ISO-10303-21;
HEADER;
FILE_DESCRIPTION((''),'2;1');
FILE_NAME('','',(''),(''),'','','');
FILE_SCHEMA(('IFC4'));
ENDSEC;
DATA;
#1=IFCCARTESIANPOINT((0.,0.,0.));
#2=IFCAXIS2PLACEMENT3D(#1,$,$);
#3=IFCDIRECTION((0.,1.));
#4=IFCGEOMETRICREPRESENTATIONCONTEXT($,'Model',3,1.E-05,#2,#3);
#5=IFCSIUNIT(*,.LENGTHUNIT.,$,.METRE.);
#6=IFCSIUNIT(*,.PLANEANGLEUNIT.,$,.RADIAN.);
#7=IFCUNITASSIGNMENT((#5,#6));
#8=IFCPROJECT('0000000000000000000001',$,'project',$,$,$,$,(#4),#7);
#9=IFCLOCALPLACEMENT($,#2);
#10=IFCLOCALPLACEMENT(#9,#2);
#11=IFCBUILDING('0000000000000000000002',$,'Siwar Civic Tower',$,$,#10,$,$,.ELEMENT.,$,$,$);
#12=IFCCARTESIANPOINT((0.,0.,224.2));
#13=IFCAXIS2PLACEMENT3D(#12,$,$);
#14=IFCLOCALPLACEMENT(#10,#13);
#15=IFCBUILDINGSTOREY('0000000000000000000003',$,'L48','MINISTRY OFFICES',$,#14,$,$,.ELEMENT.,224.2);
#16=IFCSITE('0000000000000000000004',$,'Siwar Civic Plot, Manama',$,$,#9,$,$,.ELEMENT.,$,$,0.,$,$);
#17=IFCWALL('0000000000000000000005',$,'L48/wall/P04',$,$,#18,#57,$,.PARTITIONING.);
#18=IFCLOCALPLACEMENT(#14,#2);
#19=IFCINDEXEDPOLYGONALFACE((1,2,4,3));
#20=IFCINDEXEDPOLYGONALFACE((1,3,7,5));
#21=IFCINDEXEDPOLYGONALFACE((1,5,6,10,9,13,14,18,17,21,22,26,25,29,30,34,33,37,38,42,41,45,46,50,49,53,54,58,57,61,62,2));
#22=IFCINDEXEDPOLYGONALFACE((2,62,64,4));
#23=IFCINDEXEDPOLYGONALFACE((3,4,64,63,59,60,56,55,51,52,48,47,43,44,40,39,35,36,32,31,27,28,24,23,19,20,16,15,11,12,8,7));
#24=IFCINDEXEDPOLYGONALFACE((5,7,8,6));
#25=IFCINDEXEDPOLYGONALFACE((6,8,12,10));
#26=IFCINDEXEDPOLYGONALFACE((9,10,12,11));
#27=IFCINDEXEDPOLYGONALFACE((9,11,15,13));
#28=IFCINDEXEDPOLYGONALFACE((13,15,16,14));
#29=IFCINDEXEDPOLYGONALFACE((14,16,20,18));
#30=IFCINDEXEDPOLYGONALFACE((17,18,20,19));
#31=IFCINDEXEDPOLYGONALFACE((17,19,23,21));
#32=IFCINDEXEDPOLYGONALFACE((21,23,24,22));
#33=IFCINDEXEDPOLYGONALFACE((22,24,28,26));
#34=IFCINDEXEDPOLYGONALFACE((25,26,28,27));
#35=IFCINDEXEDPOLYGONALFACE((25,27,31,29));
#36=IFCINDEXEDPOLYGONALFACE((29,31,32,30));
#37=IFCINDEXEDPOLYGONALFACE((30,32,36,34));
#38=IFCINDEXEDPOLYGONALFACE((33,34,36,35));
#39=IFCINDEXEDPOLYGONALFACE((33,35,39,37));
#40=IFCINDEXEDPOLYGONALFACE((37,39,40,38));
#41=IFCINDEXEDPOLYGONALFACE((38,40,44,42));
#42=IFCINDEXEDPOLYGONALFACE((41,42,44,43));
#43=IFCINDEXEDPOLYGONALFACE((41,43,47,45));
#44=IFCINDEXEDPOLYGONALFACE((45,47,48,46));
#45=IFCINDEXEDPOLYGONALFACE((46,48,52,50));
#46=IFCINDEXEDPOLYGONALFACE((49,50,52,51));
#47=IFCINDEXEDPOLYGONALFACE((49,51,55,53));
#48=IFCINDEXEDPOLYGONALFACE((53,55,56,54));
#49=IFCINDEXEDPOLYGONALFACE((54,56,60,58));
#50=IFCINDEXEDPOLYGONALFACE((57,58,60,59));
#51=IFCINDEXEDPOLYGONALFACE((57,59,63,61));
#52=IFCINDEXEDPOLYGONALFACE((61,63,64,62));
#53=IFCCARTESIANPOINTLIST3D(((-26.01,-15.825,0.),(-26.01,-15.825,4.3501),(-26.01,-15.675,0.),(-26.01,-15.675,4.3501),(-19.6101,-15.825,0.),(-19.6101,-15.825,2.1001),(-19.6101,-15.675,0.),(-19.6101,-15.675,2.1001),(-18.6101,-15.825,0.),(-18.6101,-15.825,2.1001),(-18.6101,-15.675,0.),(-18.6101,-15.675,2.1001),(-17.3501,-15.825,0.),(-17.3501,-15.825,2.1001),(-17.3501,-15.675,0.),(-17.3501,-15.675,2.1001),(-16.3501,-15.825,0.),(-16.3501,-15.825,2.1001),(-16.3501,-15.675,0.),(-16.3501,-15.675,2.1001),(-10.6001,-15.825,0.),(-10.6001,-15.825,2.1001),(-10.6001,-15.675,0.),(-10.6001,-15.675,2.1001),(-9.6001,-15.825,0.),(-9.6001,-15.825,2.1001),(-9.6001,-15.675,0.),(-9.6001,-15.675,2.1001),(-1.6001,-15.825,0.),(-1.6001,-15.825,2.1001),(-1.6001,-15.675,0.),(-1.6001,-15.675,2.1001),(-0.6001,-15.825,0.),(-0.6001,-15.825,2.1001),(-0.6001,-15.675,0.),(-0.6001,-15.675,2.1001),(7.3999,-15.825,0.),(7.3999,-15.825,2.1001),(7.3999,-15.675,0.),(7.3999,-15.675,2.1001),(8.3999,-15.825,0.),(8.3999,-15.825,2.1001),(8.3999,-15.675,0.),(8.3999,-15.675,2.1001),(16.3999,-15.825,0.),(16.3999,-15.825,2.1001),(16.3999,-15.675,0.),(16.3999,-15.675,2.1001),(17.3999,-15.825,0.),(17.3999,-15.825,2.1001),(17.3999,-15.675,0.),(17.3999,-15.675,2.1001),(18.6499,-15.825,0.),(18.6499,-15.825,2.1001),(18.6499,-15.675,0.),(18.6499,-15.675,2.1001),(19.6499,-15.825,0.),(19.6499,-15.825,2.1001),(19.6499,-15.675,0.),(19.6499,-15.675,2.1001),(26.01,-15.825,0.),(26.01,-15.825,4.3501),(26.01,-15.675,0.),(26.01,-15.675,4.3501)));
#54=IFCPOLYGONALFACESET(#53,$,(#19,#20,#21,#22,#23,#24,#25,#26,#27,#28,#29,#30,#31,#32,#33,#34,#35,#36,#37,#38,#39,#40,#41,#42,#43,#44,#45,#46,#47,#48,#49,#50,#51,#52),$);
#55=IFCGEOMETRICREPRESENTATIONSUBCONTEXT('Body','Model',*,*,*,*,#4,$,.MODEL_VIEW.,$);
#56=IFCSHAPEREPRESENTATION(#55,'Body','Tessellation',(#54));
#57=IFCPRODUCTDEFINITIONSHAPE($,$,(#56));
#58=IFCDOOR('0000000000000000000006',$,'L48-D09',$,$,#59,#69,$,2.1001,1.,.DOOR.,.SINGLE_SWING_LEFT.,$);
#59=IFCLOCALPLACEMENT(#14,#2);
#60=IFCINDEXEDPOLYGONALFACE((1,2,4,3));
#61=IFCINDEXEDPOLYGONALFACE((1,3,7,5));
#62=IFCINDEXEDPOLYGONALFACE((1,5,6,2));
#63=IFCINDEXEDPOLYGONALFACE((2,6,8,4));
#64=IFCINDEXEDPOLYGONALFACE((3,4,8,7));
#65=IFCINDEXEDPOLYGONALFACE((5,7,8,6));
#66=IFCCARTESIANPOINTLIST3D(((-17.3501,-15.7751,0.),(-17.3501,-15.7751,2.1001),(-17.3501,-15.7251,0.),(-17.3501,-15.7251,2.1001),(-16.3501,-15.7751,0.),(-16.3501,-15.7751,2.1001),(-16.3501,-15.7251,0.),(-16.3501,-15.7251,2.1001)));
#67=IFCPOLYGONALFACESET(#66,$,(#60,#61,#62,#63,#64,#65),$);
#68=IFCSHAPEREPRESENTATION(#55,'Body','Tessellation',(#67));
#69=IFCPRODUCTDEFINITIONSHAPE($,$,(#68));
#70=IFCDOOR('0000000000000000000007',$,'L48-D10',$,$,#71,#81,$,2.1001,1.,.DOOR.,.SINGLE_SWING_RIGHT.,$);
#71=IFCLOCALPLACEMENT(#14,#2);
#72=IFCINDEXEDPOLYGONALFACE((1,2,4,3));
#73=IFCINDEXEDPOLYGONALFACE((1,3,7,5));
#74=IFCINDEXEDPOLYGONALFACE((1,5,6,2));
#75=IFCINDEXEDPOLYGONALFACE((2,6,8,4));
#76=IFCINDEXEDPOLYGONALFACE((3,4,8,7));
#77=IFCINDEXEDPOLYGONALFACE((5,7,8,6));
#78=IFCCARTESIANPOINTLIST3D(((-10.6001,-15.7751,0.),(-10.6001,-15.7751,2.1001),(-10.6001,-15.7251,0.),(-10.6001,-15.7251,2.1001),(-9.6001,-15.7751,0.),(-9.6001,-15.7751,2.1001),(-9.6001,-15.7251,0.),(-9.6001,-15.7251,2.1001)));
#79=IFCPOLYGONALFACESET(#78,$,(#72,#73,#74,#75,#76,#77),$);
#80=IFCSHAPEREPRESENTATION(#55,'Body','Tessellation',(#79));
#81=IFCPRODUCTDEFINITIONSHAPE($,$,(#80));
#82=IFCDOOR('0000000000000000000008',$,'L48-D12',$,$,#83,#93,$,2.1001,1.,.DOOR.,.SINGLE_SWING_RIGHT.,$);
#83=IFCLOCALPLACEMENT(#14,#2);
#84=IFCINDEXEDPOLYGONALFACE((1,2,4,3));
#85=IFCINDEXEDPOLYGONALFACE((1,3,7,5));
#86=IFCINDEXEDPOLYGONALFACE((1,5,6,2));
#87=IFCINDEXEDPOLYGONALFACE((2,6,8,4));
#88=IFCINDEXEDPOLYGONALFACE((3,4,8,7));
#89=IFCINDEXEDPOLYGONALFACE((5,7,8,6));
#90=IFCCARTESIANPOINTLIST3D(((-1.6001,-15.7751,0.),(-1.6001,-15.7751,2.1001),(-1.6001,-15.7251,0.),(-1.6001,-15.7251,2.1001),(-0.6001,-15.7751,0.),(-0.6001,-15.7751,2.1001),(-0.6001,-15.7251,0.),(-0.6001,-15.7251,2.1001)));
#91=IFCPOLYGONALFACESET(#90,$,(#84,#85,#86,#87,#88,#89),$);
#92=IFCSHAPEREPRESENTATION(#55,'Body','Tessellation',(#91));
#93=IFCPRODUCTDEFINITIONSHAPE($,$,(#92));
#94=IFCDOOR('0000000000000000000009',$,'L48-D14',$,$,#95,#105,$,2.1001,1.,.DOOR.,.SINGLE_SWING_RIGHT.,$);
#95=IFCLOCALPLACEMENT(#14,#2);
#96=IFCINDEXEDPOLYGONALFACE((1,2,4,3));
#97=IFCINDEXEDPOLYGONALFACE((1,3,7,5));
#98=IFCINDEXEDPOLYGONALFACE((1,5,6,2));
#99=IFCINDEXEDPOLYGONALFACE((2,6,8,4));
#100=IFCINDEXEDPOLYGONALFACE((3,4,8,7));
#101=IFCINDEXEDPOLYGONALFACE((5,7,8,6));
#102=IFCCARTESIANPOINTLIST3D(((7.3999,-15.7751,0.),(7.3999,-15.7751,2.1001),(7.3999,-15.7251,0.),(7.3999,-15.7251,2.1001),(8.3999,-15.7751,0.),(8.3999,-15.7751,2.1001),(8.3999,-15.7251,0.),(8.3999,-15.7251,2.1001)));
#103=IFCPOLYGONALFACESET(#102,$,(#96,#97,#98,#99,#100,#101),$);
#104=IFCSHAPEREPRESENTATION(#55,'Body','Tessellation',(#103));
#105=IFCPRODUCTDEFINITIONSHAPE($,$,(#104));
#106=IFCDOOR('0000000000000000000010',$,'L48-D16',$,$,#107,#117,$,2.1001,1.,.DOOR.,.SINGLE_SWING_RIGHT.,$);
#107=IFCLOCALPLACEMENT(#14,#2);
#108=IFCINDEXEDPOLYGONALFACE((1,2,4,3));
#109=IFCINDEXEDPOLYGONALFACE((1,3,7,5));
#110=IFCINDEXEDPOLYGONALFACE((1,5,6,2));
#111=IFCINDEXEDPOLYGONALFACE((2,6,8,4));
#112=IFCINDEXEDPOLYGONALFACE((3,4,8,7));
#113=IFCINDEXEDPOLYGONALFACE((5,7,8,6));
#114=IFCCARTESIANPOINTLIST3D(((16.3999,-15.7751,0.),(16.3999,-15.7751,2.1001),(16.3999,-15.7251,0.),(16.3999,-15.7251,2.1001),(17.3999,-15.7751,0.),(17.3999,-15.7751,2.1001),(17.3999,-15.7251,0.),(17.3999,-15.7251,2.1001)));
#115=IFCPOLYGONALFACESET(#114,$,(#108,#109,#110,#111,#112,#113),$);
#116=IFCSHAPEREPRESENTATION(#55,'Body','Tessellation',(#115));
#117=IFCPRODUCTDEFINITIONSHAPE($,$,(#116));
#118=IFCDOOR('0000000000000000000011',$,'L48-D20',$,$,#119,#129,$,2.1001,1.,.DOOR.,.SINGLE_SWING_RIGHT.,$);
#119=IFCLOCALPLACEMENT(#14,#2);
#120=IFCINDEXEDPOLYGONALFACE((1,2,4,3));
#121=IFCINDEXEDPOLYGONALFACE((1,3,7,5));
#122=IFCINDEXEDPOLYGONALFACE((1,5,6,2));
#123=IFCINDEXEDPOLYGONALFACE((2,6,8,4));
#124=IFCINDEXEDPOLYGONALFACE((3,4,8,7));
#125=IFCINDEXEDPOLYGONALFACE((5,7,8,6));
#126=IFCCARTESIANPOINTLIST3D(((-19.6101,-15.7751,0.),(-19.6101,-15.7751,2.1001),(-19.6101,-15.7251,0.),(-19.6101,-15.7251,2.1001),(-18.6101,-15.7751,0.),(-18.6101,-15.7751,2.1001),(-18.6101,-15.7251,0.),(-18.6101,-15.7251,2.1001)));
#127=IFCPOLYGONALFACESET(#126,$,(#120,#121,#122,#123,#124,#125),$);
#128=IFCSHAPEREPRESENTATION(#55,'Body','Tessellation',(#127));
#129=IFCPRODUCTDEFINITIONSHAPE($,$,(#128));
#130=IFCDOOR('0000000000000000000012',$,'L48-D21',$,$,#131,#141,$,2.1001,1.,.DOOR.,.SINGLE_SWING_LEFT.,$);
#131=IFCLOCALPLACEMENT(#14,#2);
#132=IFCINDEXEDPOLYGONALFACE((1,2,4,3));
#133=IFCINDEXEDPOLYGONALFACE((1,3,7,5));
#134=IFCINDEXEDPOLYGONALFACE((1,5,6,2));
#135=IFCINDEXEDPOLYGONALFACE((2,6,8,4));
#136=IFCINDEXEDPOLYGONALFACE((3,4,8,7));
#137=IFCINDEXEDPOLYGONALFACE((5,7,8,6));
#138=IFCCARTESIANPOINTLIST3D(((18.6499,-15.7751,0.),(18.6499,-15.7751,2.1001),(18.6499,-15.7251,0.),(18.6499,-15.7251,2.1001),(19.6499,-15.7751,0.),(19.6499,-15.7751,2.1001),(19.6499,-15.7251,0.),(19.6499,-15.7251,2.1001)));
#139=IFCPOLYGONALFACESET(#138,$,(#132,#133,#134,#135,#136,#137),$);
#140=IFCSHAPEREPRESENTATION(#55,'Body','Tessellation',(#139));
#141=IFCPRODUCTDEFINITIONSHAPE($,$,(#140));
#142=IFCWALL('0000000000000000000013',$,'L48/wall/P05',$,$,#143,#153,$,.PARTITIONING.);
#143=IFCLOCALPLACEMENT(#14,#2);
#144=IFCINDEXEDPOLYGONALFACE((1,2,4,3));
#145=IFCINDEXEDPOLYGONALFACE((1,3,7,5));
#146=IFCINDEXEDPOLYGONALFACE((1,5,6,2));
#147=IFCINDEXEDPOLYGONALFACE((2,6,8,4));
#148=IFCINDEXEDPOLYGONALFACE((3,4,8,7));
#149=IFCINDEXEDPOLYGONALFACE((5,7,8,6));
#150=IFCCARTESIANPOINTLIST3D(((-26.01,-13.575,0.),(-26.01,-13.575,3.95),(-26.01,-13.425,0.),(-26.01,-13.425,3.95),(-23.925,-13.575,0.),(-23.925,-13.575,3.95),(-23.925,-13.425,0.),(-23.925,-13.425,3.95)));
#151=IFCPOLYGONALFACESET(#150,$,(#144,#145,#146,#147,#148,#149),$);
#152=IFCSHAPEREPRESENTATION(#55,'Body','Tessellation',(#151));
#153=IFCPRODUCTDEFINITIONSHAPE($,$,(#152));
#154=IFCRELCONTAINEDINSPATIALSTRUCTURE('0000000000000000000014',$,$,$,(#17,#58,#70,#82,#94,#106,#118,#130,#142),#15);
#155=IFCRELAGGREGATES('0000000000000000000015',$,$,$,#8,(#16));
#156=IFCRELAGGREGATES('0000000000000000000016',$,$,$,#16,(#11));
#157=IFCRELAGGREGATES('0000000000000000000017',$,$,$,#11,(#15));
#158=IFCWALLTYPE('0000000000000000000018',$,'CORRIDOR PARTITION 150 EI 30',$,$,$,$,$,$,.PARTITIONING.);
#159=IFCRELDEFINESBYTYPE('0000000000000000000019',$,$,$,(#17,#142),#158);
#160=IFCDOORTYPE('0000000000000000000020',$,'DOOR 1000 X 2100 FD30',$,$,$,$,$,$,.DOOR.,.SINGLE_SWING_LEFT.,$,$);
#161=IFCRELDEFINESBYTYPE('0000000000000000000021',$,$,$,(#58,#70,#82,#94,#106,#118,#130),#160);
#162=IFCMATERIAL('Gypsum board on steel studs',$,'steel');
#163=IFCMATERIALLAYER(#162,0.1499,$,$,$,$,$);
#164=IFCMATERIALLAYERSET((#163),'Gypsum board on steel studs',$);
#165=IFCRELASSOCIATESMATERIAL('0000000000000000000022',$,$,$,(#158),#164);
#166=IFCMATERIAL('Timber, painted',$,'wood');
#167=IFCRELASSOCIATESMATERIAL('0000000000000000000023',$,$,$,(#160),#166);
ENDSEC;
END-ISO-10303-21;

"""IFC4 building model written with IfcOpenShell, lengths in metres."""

from ifc_helpers import new_model, si_unit, direction, frame, frame_2d, origin, place, context, subcontext, project, spatial, rectangle, extrude, material, layer, layer_set, type_object, element, fill, save


model = new_model("IFC4")

# Units and contexts
model_context = context("Model", 3, precision=1e-05, world=origin(), true_north=direction((0.0, 1.0)))
body_context = subcontext(model_context, "Body", "Model", "MODEL_VIEW")
ifc_project = project(units=[si_unit("LENGTHUNIT", "METRE"), si_unit("PLANEANGLEUNIT", "RADIAN")], contexts=[model_context])

# Site, building, storey
site_placement = place(None, origin())
site = spatial("IfcSite", under=ifc_project, at=site_placement, Name="Siwar Civic Plot, Manama", CompositionType="ELEMENT", RefElevation=0.0)
building_placement = place(site_placement, origin())
building = spatial("IfcBuilding", under=site, at=building_placement, Name="Siwar Civic Tower", CompositionType="ELEMENT")
storey_placement = place(building_placement, frame((0.0, 0.0, 224.2)))
storey = spatial("IfcBuildingStorey", under=building, at=storey_placement, Name="L48", Description="MINISTRY OFFICES", CompositionType="ELEMENT", Elevation=224.2)

# Wall, openings, doors
ifc_material_1 = material(Name="Gypsum board on steel studs", Category="steel")
ifc_layer_1 = layer(ifc_material_1, 0.1499)
ifc_layer_set_1 = layer_set([ifc_layer_1], Name="Gypsum board on steel studs")
wall_type_1 = type_object("IfcWallType", Name="CORRIDOR PARTITION 150 EI 30", PredefinedType="PARTITIONING", material=ifc_layer_set_1)
wall_1_placement = place(storey_placement, frame((-26.01, -15.75, 0.0), z_axis=(0.0, 0.0, 1.0), x_axis=(1.0, 0.0, 0.0)))
wall_1 = element("IfcWall", 1, at=wall_1_placement, inside=storey, type_object=wall_type_1, Name="L48/wall/P04", PredefinedType="PARTITIONING", context=body_context, shape_type="SweptSolid", body=[
    extrude(rectangle(XDim=52.02, YDim=0.1499, at=frame_2d((26.01, 0.0))), origin(), (0.0, 0.0, 1.0), 4.3501),
])
opening_1_placement = place(wall_1_placement, frame((8.6599, 0.0, 0.0)))
opening_1 = element("IfcOpeningElement", 2, at=opening_1_placement, cuts=wall_1, PredefinedType="OPENING", context=body_context, shape_type="SweptSolid", body=[
    extrude(rectangle(XDim=1.0, YDim=2.1001, at=frame_2d((0.5, 1.05))), frame((0.0, 0.085, 0.0), z_axis=(0.0, -1.0, 0.0), x_axis=(1.0, 0.0, 0.0)), (0.0, 0.0, 1.0), 0.1699),
])
opening_2_placement = place(wall_1_placement, frame((15.4099, 0.0, 0.0)))
opening_2 = element("IfcOpeningElement", 3, at=opening_2_placement, cuts=wall_1, PredefinedType="OPENING", context=body_context, shape_type="SweptSolid", body=[
    extrude(rectangle(XDim=1.0, YDim=2.1001, at=frame_2d((0.5, 1.05))), frame((0.0, 0.085, 0.0), z_axis=(0.0, -1.0, 0.0), x_axis=(1.0, 0.0, 0.0)), (0.0, 0.0, 1.0), 0.1699),
])
opening_3_placement = place(wall_1_placement, frame((24.4099, 0.0, 0.0)))
opening_3 = element("IfcOpeningElement", 4, at=opening_3_placement, cuts=wall_1, PredefinedType="OPENING", context=body_context, shape_type="SweptSolid", body=[
    extrude(rectangle(XDim=1.0, YDim=2.1001, at=frame_2d((0.5, 1.05))), frame((0.0, 0.085, 0.0), z_axis=(0.0, -1.0, 0.0), x_axis=(1.0, 0.0, 0.0)), (0.0, 0.0, 1.0), 0.1699),
])
opening_4_placement = place(wall_1_placement, frame((33.4099, 0.0, 0.0)))
opening_4 = element("IfcOpeningElement", 5, at=opening_4_placement, cuts=wall_1, PredefinedType="OPENING", context=body_context, shape_type="SweptSolid", body=[
    extrude(rectangle(XDim=1.0, YDim=2.1001, at=frame_2d((0.5, 1.05))), frame((0.0, 0.085, 0.0), z_axis=(0.0, -1.0, 0.0), x_axis=(1.0, 0.0, 0.0)), (0.0, 0.0, 1.0), 0.1699),
])
opening_5_placement = place(wall_1_placement, frame((42.4099, 0.0, 0.0)))
opening_5 = element("IfcOpeningElement", 6, at=opening_5_placement, cuts=wall_1, PredefinedType="OPENING", context=body_context, shape_type="SweptSolid", body=[
    extrude(rectangle(XDim=1.0, YDim=2.1001, at=frame_2d((0.5, 1.05))), frame((0.0, 0.085, 0.0), z_axis=(0.0, -1.0, 0.0), x_axis=(1.0, 0.0, 0.0)), (0.0, 0.0, 1.0), 0.1699),
])
opening_6_placement = place(wall_1_placement, frame((6.3999, 0.0, 0.0)))
opening_6 = element("IfcOpeningElement", 7, at=opening_6_placement, cuts=wall_1, PredefinedType="OPENING", context=body_context, shape_type="SweptSolid", body=[
    extrude(rectangle(XDim=1.0, YDim=2.1001, at=frame_2d((0.5, 1.05))), frame((0.0, 0.085, 0.0), z_axis=(0.0, -1.0, 0.0), x_axis=(1.0, 0.0, 0.0)), (0.0, 0.0, 1.0), 0.1699),
])
opening_7_placement = place(wall_1_placement, frame((44.6599, 0.0, 0.0)))
opening_7 = element("IfcOpeningElement", 8, at=opening_7_placement, cuts=wall_1, PredefinedType="OPENING", context=body_context, shape_type="SweptSolid", body=[
    extrude(rectangle(XDim=1.0, YDim=2.1001, at=frame_2d((0.5, 1.05))), frame((0.0, 0.085, 0.0), z_axis=(0.0, -1.0, 0.0), x_axis=(1.0, 0.0, 0.0)), (0.0, 0.0, 1.0), 0.1699),
])
ifc_material_2 = material(Name="Timber, painted", Category="wood")
door_type_1 = type_object("IfcDoorType", Name="DOOR 1000 X 2100 FD30", OperationType="SINGLE_SWING_LEFT", PredefinedType="DOOR", material=ifc_material_2)
door_1_placement = place(opening_1_placement, origin())
door_1 = element("IfcDoor", 9, at=door_1_placement, inside=storey, type_object=door_type_1, Name="L48-D09", OperationType="SINGLE_SWING_LEFT", OverallHeight=2.1001, OverallWidth=1.0, PredefinedType="DOOR", context=body_context, shape_type="SweptSolid", body=[
    extrude(rectangle(XDim=1.0, YDim=2.1001, at=frame_2d((0.5, 1.05))), frame((0.0, 0.0249, 0.0), z_axis=(0.0, -1.0, 0.0), x_axis=(1.0, 0.0, 0.0)), (0.0, 0.0, 1.0), 0.05),
])
fill(opening_1, door_1)
door_2_placement = place(opening_2_placement, origin())
door_2 = element("IfcDoor", 10, at=door_2_placement, inside=storey, type_object=door_type_1, Name="L48-D10", OperationType="SINGLE_SWING_RIGHT", OverallHeight=2.1001, OverallWidth=1.0, PredefinedType="DOOR", context=body_context, shape_type="SweptSolid", body=[
    extrude(rectangle(XDim=1.0, YDim=2.1001, at=frame_2d((0.5, 1.05))), frame((0.0, 0.0249, 0.0), z_axis=(0.0, -1.0, 0.0), x_axis=(1.0, 0.0, 0.0)), (0.0, 0.0, 1.0), 0.05),
])
fill(opening_2, door_2)
door_3_placement = place(opening_3_placement, origin())
door_3 = element("IfcDoor", 11, at=door_3_placement, inside=storey, type_object=door_type_1, Name="L48-D12", OperationType="SINGLE_SWING_RIGHT", OverallHeight=2.1001, OverallWidth=1.0, PredefinedType="DOOR", context=body_context, shape_type="SweptSolid", body=[
    extrude(rectangle(XDim=1.0, YDim=2.1001, at=frame_2d((0.5, 1.05))), frame((0.0, 0.0249, 0.0), z_axis=(0.0, -1.0, 0.0), x_axis=(1.0, 0.0, 0.0)), (0.0, 0.0, 1.0), 0.05),
])
fill(opening_3, door_3)
door_4_placement = place(opening_4_placement, origin())
door_4 = element("IfcDoor", 12, at=door_4_placement, inside=storey, type_object=door_type_1, Name="L48-D14", OperationType="SINGLE_SWING_RIGHT", OverallHeight=2.1001, OverallWidth=1.0, PredefinedType="DOOR", context=body_context, shape_type="SweptSolid", body=[
    extrude(rectangle(XDim=1.0, YDim=2.1001, at=frame_2d((0.5, 1.05))), frame((0.0, 0.0249, 0.0), z_axis=(0.0, -1.0, 0.0), x_axis=(1.0, 0.0, 0.0)), (0.0, 0.0, 1.0), 0.05),
])
fill(opening_4, door_4)
door_5_placement = place(opening_5_placement, origin())
door_5 = element("IfcDoor", 13, at=door_5_placement, inside=storey, type_object=door_type_1, Name="L48-D16", OperationType="SINGLE_SWING_RIGHT", OverallHeight=2.1001, OverallWidth=1.0, PredefinedType="DOOR", context=body_context, shape_type="SweptSolid", body=[
    extrude(rectangle(XDim=1.0, YDim=2.1001, at=frame_2d((0.5, 1.05))), frame((0.0, 0.0249, 0.0), z_axis=(0.0, -1.0, 0.0), x_axis=(1.0, 0.0, 0.0)), (0.0, 0.0, 1.0), 0.05),
])
fill(opening_5, door_5)
door_6_placement = place(opening_6_placement, origin())
door_6 = element("IfcDoor", 14, at=door_6_placement, inside=storey, type_object=door_type_1, Name="L48-D20", OperationType="SINGLE_SWING_RIGHT", OverallHeight=2.1001, OverallWidth=1.0, PredefinedType="DOOR", context=body_context, shape_type="SweptSolid", body=[
    extrude(rectangle(XDim=1.0, YDim=2.1001, at=frame_2d((0.5, 1.05))), frame((0.0, 0.0249, 0.0), z_axis=(0.0, -1.0, 0.0), x_axis=(1.0, 0.0, 0.0)), (0.0, 0.0, 1.0), 0.05),
])
fill(opening_6, door_6)
door_7_placement = place(opening_7_placement, origin())
door_7 = element("IfcDoor", 15, at=door_7_placement, inside=storey, type_object=door_type_1, Name="L48-D21", OperationType="SINGLE_SWING_LEFT", OverallHeight=2.1001, OverallWidth=1.0, PredefinedType="DOOR", context=body_context, shape_type="SweptSolid", body=[
    extrude(rectangle(XDim=1.0, YDim=2.1001, at=frame_2d((0.5, 1.05))), frame((0.0, 0.0249, 0.0), z_axis=(0.0, -1.0, 0.0), x_axis=(1.0, 0.0, 0.0)), (0.0, 0.0, 1.0), 0.05),
])
fill(opening_7, door_7)

# Wall
wall_2_placement = place(storey_placement, frame((-26.01, -13.5, 0.0), z_axis=(0.0, 0.0, 1.0), x_axis=(1.0, 0.0, 0.0)))
element("IfcWall", 16, at=wall_2_placement, inside=storey, type_object=wall_type_1, Name="L48/wall/P05", PredefinedType="PARTITIONING", context=body_context, shape_type="SweptSolid", body=[
    extrude(rectangle(XDim=2.085, YDim=0.1499, at=frame_2d((1.0425, 0.0))), origin(), (0.0, 0.0, 1.0), 3.95),
])

save(model, "model.ifc")
